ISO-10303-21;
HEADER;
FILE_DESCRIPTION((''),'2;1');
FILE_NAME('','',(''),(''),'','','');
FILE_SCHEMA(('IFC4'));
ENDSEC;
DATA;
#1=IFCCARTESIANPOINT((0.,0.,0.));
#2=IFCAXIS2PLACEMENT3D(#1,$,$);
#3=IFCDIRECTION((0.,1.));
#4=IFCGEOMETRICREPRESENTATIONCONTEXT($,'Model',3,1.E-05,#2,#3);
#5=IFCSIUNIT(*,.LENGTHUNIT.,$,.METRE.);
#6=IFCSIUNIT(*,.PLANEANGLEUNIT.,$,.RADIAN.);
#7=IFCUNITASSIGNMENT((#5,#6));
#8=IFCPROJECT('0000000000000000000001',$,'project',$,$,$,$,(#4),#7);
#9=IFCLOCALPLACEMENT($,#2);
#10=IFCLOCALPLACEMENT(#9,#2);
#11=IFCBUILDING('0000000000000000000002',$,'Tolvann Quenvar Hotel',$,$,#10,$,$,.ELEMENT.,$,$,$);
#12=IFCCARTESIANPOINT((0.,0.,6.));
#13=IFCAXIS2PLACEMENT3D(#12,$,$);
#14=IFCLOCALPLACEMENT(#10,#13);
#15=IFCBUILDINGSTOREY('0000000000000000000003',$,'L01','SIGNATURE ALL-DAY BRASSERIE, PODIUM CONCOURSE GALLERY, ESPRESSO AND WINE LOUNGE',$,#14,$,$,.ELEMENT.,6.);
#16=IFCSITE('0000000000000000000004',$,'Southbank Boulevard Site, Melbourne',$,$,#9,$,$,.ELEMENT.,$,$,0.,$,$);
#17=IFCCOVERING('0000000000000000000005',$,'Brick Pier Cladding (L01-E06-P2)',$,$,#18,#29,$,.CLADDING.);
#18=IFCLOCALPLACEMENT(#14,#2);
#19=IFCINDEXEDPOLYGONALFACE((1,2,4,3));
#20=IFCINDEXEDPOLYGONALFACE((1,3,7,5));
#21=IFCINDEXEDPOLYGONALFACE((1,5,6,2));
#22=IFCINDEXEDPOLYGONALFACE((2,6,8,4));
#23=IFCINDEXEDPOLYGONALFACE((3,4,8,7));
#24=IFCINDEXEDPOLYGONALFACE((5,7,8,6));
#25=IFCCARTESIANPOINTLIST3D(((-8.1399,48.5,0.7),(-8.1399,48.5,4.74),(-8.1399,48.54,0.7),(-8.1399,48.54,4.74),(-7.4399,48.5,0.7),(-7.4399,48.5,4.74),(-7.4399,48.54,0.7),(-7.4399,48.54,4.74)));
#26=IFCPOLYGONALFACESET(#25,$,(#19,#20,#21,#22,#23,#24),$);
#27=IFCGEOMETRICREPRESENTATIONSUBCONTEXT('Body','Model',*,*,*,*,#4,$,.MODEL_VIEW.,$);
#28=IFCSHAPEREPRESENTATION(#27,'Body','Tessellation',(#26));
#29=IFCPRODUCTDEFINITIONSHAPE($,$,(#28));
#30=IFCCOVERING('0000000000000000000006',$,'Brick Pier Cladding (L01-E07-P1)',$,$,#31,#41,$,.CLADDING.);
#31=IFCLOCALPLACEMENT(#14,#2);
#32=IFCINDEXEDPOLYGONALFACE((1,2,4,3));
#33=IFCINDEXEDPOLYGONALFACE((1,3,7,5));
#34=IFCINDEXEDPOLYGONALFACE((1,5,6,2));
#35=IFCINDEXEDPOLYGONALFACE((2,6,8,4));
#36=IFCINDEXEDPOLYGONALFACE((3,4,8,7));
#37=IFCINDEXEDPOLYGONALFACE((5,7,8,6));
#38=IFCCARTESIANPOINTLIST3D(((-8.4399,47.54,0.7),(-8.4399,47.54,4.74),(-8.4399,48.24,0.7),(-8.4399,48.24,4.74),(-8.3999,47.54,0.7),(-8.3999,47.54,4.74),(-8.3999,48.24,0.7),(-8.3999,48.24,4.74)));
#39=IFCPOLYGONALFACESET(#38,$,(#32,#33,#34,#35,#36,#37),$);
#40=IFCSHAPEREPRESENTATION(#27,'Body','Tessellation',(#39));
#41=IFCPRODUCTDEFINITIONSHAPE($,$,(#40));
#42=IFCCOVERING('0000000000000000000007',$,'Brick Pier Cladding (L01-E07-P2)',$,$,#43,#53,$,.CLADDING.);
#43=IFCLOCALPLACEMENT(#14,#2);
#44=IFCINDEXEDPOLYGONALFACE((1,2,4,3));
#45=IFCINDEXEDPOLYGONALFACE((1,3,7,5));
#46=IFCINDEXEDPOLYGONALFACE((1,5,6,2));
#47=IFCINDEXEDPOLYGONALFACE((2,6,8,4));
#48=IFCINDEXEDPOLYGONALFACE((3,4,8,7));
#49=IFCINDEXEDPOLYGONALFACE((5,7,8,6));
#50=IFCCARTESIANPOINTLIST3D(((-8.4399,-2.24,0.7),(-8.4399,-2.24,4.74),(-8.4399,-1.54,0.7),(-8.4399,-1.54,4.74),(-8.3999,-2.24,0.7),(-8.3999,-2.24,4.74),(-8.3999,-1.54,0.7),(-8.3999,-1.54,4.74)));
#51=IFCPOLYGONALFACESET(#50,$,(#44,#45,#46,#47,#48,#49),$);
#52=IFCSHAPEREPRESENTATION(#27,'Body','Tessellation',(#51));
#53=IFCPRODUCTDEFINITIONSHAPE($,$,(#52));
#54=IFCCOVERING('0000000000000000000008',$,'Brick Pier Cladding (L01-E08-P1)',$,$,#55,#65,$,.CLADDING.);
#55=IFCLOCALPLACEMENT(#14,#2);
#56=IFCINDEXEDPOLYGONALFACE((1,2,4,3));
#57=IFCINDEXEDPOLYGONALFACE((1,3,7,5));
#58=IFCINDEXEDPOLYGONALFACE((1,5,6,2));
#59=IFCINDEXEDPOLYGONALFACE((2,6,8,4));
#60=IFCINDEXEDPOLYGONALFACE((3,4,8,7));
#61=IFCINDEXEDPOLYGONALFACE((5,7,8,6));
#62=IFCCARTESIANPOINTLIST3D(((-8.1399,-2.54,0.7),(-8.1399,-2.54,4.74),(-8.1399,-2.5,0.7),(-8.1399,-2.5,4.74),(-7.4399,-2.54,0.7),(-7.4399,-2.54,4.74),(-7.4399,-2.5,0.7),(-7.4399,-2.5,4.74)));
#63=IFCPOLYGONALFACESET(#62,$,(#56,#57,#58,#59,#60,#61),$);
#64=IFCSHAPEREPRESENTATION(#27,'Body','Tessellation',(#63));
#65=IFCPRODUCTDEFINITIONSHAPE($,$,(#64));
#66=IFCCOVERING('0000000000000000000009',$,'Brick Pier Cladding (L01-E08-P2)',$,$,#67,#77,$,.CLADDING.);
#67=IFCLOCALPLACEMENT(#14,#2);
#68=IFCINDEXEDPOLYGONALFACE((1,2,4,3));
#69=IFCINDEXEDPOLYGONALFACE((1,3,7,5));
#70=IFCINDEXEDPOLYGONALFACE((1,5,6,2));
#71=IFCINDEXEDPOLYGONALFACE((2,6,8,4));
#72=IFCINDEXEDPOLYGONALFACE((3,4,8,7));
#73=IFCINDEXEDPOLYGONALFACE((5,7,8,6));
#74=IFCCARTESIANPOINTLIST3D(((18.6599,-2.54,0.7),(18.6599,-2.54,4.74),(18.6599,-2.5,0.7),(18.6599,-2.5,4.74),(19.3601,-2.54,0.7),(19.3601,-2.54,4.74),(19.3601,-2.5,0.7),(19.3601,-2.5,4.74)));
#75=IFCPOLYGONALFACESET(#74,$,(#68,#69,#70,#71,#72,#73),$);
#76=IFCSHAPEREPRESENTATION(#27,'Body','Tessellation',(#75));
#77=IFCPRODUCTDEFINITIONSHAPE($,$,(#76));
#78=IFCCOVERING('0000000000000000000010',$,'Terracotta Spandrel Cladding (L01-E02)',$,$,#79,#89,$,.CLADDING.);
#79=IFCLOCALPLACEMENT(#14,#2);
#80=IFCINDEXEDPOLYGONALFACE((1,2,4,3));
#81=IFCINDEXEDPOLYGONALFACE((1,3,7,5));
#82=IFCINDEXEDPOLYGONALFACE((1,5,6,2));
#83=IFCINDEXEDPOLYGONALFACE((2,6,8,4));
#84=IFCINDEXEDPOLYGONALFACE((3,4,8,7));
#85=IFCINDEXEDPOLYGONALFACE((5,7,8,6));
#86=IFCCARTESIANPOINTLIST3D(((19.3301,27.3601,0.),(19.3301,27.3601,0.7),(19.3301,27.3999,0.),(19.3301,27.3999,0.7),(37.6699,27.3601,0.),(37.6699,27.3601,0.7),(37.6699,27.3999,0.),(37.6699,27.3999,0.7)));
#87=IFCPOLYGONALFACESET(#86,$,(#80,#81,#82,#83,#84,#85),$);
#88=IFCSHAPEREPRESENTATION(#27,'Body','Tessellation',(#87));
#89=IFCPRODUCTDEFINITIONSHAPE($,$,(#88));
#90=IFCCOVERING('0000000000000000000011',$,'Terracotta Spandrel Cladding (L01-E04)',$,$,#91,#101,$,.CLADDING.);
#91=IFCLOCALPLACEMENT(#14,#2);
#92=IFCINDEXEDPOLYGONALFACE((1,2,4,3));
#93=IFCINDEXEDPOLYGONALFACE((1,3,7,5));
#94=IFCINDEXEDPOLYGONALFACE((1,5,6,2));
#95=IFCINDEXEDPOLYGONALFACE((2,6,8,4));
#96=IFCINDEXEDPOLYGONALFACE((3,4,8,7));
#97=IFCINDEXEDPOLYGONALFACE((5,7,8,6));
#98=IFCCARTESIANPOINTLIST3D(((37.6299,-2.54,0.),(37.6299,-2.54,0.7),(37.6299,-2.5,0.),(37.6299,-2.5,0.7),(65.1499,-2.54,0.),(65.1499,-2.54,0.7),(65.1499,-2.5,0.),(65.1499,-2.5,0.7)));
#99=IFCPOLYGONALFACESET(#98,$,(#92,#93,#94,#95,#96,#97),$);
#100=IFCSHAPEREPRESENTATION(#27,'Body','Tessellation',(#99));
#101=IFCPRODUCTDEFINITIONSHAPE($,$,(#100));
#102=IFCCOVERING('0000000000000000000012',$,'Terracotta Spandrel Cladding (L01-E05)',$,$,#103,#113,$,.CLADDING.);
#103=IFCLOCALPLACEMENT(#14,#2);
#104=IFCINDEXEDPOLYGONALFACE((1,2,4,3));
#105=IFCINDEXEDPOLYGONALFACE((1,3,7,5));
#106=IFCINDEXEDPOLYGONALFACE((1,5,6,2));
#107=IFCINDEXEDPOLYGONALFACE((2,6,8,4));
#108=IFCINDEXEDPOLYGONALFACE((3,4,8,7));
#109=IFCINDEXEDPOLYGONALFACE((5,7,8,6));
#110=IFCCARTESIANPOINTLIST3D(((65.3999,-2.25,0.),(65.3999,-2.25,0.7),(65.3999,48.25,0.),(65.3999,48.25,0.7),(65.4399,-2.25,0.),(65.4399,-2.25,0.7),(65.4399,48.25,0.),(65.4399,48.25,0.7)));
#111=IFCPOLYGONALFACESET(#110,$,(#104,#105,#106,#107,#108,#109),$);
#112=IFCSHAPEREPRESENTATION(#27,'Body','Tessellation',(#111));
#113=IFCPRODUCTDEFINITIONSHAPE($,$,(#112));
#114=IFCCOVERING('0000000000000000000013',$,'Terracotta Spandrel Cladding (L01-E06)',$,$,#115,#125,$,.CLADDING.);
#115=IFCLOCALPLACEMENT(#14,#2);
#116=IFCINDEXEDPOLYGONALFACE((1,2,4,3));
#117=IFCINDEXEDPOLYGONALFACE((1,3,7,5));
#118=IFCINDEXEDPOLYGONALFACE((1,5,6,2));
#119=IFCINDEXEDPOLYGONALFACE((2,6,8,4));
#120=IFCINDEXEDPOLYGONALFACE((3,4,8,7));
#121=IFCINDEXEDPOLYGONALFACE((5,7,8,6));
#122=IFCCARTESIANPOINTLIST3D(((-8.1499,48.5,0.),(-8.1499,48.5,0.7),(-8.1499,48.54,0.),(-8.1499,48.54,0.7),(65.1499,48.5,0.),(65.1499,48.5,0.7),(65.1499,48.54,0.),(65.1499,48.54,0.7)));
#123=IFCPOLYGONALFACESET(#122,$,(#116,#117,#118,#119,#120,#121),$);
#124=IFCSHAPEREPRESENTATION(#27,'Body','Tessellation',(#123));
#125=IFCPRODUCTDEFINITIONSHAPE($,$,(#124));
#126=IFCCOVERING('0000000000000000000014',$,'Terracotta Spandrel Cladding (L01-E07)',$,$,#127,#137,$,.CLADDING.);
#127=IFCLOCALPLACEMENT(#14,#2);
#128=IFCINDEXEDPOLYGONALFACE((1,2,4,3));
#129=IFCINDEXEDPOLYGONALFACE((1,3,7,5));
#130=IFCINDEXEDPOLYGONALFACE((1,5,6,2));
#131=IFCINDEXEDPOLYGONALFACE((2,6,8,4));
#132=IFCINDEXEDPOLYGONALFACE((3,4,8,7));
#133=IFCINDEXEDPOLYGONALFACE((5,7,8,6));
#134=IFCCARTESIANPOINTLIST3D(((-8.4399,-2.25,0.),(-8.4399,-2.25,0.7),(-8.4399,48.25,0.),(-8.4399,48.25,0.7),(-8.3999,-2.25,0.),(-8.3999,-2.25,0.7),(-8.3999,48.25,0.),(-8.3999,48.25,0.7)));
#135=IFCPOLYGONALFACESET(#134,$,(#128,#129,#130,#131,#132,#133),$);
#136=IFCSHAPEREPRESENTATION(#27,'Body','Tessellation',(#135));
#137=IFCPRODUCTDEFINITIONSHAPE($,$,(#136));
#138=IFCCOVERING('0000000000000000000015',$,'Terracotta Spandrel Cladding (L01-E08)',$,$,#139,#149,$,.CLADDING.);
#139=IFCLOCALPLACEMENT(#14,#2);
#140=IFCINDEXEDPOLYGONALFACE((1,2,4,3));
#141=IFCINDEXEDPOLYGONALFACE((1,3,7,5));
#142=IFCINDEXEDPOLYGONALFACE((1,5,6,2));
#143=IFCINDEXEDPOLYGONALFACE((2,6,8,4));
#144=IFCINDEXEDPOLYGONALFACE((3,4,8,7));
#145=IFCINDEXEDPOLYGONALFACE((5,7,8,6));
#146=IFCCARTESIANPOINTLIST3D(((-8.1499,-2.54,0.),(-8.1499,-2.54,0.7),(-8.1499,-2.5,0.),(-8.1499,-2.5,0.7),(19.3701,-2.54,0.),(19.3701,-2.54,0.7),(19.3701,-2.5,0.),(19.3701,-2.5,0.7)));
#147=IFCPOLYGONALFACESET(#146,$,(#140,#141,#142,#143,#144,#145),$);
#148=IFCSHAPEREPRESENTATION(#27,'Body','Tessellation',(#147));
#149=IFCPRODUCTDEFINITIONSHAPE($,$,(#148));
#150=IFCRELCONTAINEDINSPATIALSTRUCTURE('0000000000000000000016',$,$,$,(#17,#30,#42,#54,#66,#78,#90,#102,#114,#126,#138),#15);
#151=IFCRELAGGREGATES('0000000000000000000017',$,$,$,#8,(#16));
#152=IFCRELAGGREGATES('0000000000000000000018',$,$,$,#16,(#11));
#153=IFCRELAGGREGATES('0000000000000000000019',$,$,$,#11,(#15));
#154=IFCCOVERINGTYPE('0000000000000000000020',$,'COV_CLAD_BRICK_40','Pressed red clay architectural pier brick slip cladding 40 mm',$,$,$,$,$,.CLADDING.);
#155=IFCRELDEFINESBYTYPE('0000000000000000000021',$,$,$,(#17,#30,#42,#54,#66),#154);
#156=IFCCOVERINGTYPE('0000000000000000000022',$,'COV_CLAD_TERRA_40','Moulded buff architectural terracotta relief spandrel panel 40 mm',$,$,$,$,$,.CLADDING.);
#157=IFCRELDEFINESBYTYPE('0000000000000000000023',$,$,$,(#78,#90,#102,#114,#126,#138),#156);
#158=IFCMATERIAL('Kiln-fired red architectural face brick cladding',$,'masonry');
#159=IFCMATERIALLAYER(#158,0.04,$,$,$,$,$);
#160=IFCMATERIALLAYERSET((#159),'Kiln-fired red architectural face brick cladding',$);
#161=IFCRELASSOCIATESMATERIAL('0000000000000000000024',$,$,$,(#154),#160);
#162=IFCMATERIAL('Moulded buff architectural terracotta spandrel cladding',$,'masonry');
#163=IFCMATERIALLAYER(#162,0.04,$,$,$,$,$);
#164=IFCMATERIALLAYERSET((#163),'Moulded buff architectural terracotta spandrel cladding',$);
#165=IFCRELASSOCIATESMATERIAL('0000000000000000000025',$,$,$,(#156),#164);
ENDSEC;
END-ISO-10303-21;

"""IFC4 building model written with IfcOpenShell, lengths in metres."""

from ifc_helpers import new_model, si_unit, direction, frame, origin, place, context, subcontext, project, spatial, polyline, outline, extrude, material, layer, layer_set, type_object, element, save


model = new_model("IFC4")

# Units and contexts
model_context = context("Model", 3, precision=1e-05, world=origin(), true_north=direction((0.0, 1.0)))
body_context = subcontext(model_context, "Body", "Model", "MODEL_VIEW")
ifc_project = project(units=[si_unit("LENGTHUNIT", "METRE"), si_unit("PLANEANGLEUNIT", "RADIAN")], contexts=[model_context])

# Site, building, storey
site_placement = place(None, origin())
site = spatial("IfcSite", under=ifc_project, at=site_placement, Name="Southbank Boulevard Site, Melbourne", CompositionType="ELEMENT", RefElevation=0.0)
building_placement = place(site_placement, origin())
building = spatial("IfcBuilding", under=site, at=building_placement, Name="Tolvann Quenvar Hotel", CompositionType="ELEMENT")
storey_placement = place(building_placement, frame((0.0, 0.0, 6.0)))
storey = spatial("IfcBuildingStorey", under=building, at=storey_placement, Name="L01", Description="SIGNATURE ALL-DAY BRASSERIE, PODIUM CONCOURSE GALLERY, ESPRESSO AND WINE LOUNGE", CompositionType="ELEMENT", Elevation=6.0)

# Coverings
ifc_material_1 = material(Name="Kiln-fired red architectural face brick cladding", Category="masonry")
ifc_layer_1 = layer(ifc_material_1, 0.04)
ifc_layer_set_1 = layer_set([ifc_layer_1], Name="Kiln-fired red architectural face brick cladding")
covering_type_1 = type_object("IfcCoveringType", Name="COV_CLAD_BRICK_40", Description="Pressed red clay architectural pier brick slip cladding 40 mm", PredefinedType="CLADDING", material=ifc_layer_set_1)
covering_1_placement = place(storey_placement, frame((0.0, 0.0, 0.7)))
element("IfcCovering", 1, at=covering_1_placement, inside=storey, type_object=covering_type_1, Name="Brick Pier Cladding (L01-E06-P2)", PredefinedType="CLADDING", context=body_context, shape_type="SweptSolid", body=[
    extrude(outline(polyline([(-7.4399, 48.5), (-8.1399, 48.5), (-8.1399, 48.54), (-7.4399, 48.54), (-7.4399, 48.5)])), origin(), (0.0, 0.0, 1.0), 4.04),
])
covering_2_placement = place(storey_placement, frame((0.0, 0.0, 0.7)))
element("IfcCovering", 2, at=covering_2_placement, inside=storey, type_object=covering_type_1, Name="Brick Pier Cladding (L01-E07-P1)", PredefinedType="CLADDING", context=body_context, shape_type="SweptSolid", body=[
    extrude(outline(polyline([(-8.3999, 48.24), (-8.3999, 47.54), (-8.4399, 47.54), (-8.4399, 48.24), (-8.3999, 48.24)])), origin(), (0.0, 0.0, 1.0), 4.04),
])
covering_3_placement = place(storey_placement, frame((0.0, 0.0, 0.7)))
element("IfcCovering", 3, at=covering_3_placement, inside=storey, type_object=covering_type_1, Name="Brick Pier Cladding (L01-E07-P2)", PredefinedType="CLADDING", context=body_context, shape_type="SweptSolid", body=[
    extrude(outline(polyline([(-8.3999, -1.54), (-8.3999, -2.24), (-8.4399, -2.24), (-8.4399, -1.54), (-8.3999, -1.54)])), origin(), (0.0, 0.0, 1.0), 4.04),
])
covering_4_placement = place(storey_placement, frame((0.0, 0.0, 0.7)))
element("IfcCovering", 4, at=covering_4_placement, inside=storey, type_object=covering_type_1, Name="Brick Pier Cladding (L01-E08-P1)", PredefinedType="CLADDING", context=body_context, shape_type="SweptSolid", body=[
    extrude(outline(polyline([(-8.1399, -2.5), (-7.4399, -2.5), (-7.4399, -2.54), (-8.1399, -2.54), (-8.1399, -2.5)])), origin(), (0.0, 0.0, 1.0), 4.04),
])
covering_5_placement = place(storey_placement, frame((0.0, 0.0, 0.7)))
element("IfcCovering", 5, at=covering_5_placement, inside=storey, type_object=covering_type_1, Name="Brick Pier Cladding (L01-E08-P2)", PredefinedType="CLADDING", context=body_context, shape_type="SweptSolid", body=[
    extrude(outline(polyline([(18.6599, -2.5), (19.3601, -2.5), (19.3601, -2.54), (18.6599, -2.54), (18.6599, -2.5)])), origin(), (0.0, 0.0, 1.0), 4.04),
])
ifc_material_2 = material(Name="Moulded buff architectural terracotta spandrel cladding", Category="masonry")
ifc_layer_2 = layer(ifc_material_2, 0.04)
ifc_layer_set_2 = layer_set([ifc_layer_2], Name="Moulded buff architectural terracotta spandrel cladding")
covering_type_2 = type_object("IfcCoveringType", Name="COV_CLAD_TERRA_40", Description="Moulded buff architectural terracotta relief spandrel panel 40 mm", PredefinedType="CLADDING", material=ifc_layer_set_2)
covering_6_placement = place(storey_placement, origin())
element("IfcCovering", 6, at=covering_6_placement, inside=storey, type_object=covering_type_2, Name="Terracotta Spandrel Cladding (L01-E02)", PredefinedType="CLADDING", context=body_context, shape_type="SweptSolid", body=[
    extrude(outline(polyline([(19.3301, 27.3999), (37.6699, 27.3999), (37.6699, 27.3601), (19.3301, 27.3601), (19.3301, 27.3999)])), origin(), (0.0, 0.0, 1.0), 0.7),
])
covering_7_placement = place(storey_placement, origin())
element("IfcCovering", 7, at=covering_7_placement, inside=storey, type_object=covering_type_2, Name="Terracotta Spandrel Cladding (L01-E04)", PredefinedType="CLADDING", context=body_context, shape_type="SweptSolid", body=[
    extrude(outline(polyline([(37.6299, -2.5), (65.1499, -2.5), (65.1499, -2.54), (37.6299, -2.54), (37.6299, -2.5)])), origin(), (0.0, 0.0, 1.0), 0.7),
])
covering_8_placement = place(storey_placement, origin())
element("IfcCovering", 8, at=covering_8_placement, inside=storey, type_object=covering_type_2, Name="Terracotta Spandrel Cladding (L01-E05)", PredefinedType="CLADDING", context=body_context, shape_type="SweptSolid", body=[
    extrude(outline(polyline([(65.3999, -2.25), (65.3999, 48.25), (65.4399, 48.25), (65.4399, -2.25), (65.3999, -2.25)])), origin(), (0.0, 0.0, 1.0), 0.7),
])
covering_9_placement = place(storey_placement, origin())
element("IfcCovering", 9, at=covering_9_placement, inside=storey, type_object=covering_type_2, Name="Terracotta Spandrel Cladding (L01-E06)", PredefinedType="CLADDING", context=body_context, shape_type="SweptSolid", body=[
    extrude(outline(polyline([(65.1499, 48.5), (-8.1499, 48.5), (-8.1499, 48.54), (65.1499, 48.54), (65.1499, 48.5)])), origin(), (0.0, 0.0, 1.0), 0.7),
])
covering_10_placement = place(storey_placement, origin())
element("IfcCovering", 10, at=covering_10_placement, inside=storey, type_object=covering_type_2, Name="Terracotta Spandrel Cladding (L01-E07)", PredefinedType="CLADDING", context=body_context, shape_type="SweptSolid", body=[
    extrude(outline(polyline([(-8.3999, 48.25), (-8.3999, -2.25), (-8.4399, -2.25), (-8.4399, 48.25), (-8.3999, 48.25)])), origin(), (0.0, 0.0, 1.0), 0.7),
])
covering_11_placement = place(storey_placement, origin())
element("IfcCovering", 11, at=covering_11_placement, inside=storey, type_object=covering_type_2, Name="Terracotta Spandrel Cladding (L01-E08)", PredefinedType="CLADDING", context=body_context, shape_type="SweptSolid", body=[
    extrude(outline(polyline([(-8.1499, -2.5), (19.3701, -2.5), (19.3701, -2.54), (-8.1499, -2.54), (-8.1499, -2.5)])), origin(), (0.0, 0.0, 1.0), 0.7),
])

save(model, "model.ifc")
